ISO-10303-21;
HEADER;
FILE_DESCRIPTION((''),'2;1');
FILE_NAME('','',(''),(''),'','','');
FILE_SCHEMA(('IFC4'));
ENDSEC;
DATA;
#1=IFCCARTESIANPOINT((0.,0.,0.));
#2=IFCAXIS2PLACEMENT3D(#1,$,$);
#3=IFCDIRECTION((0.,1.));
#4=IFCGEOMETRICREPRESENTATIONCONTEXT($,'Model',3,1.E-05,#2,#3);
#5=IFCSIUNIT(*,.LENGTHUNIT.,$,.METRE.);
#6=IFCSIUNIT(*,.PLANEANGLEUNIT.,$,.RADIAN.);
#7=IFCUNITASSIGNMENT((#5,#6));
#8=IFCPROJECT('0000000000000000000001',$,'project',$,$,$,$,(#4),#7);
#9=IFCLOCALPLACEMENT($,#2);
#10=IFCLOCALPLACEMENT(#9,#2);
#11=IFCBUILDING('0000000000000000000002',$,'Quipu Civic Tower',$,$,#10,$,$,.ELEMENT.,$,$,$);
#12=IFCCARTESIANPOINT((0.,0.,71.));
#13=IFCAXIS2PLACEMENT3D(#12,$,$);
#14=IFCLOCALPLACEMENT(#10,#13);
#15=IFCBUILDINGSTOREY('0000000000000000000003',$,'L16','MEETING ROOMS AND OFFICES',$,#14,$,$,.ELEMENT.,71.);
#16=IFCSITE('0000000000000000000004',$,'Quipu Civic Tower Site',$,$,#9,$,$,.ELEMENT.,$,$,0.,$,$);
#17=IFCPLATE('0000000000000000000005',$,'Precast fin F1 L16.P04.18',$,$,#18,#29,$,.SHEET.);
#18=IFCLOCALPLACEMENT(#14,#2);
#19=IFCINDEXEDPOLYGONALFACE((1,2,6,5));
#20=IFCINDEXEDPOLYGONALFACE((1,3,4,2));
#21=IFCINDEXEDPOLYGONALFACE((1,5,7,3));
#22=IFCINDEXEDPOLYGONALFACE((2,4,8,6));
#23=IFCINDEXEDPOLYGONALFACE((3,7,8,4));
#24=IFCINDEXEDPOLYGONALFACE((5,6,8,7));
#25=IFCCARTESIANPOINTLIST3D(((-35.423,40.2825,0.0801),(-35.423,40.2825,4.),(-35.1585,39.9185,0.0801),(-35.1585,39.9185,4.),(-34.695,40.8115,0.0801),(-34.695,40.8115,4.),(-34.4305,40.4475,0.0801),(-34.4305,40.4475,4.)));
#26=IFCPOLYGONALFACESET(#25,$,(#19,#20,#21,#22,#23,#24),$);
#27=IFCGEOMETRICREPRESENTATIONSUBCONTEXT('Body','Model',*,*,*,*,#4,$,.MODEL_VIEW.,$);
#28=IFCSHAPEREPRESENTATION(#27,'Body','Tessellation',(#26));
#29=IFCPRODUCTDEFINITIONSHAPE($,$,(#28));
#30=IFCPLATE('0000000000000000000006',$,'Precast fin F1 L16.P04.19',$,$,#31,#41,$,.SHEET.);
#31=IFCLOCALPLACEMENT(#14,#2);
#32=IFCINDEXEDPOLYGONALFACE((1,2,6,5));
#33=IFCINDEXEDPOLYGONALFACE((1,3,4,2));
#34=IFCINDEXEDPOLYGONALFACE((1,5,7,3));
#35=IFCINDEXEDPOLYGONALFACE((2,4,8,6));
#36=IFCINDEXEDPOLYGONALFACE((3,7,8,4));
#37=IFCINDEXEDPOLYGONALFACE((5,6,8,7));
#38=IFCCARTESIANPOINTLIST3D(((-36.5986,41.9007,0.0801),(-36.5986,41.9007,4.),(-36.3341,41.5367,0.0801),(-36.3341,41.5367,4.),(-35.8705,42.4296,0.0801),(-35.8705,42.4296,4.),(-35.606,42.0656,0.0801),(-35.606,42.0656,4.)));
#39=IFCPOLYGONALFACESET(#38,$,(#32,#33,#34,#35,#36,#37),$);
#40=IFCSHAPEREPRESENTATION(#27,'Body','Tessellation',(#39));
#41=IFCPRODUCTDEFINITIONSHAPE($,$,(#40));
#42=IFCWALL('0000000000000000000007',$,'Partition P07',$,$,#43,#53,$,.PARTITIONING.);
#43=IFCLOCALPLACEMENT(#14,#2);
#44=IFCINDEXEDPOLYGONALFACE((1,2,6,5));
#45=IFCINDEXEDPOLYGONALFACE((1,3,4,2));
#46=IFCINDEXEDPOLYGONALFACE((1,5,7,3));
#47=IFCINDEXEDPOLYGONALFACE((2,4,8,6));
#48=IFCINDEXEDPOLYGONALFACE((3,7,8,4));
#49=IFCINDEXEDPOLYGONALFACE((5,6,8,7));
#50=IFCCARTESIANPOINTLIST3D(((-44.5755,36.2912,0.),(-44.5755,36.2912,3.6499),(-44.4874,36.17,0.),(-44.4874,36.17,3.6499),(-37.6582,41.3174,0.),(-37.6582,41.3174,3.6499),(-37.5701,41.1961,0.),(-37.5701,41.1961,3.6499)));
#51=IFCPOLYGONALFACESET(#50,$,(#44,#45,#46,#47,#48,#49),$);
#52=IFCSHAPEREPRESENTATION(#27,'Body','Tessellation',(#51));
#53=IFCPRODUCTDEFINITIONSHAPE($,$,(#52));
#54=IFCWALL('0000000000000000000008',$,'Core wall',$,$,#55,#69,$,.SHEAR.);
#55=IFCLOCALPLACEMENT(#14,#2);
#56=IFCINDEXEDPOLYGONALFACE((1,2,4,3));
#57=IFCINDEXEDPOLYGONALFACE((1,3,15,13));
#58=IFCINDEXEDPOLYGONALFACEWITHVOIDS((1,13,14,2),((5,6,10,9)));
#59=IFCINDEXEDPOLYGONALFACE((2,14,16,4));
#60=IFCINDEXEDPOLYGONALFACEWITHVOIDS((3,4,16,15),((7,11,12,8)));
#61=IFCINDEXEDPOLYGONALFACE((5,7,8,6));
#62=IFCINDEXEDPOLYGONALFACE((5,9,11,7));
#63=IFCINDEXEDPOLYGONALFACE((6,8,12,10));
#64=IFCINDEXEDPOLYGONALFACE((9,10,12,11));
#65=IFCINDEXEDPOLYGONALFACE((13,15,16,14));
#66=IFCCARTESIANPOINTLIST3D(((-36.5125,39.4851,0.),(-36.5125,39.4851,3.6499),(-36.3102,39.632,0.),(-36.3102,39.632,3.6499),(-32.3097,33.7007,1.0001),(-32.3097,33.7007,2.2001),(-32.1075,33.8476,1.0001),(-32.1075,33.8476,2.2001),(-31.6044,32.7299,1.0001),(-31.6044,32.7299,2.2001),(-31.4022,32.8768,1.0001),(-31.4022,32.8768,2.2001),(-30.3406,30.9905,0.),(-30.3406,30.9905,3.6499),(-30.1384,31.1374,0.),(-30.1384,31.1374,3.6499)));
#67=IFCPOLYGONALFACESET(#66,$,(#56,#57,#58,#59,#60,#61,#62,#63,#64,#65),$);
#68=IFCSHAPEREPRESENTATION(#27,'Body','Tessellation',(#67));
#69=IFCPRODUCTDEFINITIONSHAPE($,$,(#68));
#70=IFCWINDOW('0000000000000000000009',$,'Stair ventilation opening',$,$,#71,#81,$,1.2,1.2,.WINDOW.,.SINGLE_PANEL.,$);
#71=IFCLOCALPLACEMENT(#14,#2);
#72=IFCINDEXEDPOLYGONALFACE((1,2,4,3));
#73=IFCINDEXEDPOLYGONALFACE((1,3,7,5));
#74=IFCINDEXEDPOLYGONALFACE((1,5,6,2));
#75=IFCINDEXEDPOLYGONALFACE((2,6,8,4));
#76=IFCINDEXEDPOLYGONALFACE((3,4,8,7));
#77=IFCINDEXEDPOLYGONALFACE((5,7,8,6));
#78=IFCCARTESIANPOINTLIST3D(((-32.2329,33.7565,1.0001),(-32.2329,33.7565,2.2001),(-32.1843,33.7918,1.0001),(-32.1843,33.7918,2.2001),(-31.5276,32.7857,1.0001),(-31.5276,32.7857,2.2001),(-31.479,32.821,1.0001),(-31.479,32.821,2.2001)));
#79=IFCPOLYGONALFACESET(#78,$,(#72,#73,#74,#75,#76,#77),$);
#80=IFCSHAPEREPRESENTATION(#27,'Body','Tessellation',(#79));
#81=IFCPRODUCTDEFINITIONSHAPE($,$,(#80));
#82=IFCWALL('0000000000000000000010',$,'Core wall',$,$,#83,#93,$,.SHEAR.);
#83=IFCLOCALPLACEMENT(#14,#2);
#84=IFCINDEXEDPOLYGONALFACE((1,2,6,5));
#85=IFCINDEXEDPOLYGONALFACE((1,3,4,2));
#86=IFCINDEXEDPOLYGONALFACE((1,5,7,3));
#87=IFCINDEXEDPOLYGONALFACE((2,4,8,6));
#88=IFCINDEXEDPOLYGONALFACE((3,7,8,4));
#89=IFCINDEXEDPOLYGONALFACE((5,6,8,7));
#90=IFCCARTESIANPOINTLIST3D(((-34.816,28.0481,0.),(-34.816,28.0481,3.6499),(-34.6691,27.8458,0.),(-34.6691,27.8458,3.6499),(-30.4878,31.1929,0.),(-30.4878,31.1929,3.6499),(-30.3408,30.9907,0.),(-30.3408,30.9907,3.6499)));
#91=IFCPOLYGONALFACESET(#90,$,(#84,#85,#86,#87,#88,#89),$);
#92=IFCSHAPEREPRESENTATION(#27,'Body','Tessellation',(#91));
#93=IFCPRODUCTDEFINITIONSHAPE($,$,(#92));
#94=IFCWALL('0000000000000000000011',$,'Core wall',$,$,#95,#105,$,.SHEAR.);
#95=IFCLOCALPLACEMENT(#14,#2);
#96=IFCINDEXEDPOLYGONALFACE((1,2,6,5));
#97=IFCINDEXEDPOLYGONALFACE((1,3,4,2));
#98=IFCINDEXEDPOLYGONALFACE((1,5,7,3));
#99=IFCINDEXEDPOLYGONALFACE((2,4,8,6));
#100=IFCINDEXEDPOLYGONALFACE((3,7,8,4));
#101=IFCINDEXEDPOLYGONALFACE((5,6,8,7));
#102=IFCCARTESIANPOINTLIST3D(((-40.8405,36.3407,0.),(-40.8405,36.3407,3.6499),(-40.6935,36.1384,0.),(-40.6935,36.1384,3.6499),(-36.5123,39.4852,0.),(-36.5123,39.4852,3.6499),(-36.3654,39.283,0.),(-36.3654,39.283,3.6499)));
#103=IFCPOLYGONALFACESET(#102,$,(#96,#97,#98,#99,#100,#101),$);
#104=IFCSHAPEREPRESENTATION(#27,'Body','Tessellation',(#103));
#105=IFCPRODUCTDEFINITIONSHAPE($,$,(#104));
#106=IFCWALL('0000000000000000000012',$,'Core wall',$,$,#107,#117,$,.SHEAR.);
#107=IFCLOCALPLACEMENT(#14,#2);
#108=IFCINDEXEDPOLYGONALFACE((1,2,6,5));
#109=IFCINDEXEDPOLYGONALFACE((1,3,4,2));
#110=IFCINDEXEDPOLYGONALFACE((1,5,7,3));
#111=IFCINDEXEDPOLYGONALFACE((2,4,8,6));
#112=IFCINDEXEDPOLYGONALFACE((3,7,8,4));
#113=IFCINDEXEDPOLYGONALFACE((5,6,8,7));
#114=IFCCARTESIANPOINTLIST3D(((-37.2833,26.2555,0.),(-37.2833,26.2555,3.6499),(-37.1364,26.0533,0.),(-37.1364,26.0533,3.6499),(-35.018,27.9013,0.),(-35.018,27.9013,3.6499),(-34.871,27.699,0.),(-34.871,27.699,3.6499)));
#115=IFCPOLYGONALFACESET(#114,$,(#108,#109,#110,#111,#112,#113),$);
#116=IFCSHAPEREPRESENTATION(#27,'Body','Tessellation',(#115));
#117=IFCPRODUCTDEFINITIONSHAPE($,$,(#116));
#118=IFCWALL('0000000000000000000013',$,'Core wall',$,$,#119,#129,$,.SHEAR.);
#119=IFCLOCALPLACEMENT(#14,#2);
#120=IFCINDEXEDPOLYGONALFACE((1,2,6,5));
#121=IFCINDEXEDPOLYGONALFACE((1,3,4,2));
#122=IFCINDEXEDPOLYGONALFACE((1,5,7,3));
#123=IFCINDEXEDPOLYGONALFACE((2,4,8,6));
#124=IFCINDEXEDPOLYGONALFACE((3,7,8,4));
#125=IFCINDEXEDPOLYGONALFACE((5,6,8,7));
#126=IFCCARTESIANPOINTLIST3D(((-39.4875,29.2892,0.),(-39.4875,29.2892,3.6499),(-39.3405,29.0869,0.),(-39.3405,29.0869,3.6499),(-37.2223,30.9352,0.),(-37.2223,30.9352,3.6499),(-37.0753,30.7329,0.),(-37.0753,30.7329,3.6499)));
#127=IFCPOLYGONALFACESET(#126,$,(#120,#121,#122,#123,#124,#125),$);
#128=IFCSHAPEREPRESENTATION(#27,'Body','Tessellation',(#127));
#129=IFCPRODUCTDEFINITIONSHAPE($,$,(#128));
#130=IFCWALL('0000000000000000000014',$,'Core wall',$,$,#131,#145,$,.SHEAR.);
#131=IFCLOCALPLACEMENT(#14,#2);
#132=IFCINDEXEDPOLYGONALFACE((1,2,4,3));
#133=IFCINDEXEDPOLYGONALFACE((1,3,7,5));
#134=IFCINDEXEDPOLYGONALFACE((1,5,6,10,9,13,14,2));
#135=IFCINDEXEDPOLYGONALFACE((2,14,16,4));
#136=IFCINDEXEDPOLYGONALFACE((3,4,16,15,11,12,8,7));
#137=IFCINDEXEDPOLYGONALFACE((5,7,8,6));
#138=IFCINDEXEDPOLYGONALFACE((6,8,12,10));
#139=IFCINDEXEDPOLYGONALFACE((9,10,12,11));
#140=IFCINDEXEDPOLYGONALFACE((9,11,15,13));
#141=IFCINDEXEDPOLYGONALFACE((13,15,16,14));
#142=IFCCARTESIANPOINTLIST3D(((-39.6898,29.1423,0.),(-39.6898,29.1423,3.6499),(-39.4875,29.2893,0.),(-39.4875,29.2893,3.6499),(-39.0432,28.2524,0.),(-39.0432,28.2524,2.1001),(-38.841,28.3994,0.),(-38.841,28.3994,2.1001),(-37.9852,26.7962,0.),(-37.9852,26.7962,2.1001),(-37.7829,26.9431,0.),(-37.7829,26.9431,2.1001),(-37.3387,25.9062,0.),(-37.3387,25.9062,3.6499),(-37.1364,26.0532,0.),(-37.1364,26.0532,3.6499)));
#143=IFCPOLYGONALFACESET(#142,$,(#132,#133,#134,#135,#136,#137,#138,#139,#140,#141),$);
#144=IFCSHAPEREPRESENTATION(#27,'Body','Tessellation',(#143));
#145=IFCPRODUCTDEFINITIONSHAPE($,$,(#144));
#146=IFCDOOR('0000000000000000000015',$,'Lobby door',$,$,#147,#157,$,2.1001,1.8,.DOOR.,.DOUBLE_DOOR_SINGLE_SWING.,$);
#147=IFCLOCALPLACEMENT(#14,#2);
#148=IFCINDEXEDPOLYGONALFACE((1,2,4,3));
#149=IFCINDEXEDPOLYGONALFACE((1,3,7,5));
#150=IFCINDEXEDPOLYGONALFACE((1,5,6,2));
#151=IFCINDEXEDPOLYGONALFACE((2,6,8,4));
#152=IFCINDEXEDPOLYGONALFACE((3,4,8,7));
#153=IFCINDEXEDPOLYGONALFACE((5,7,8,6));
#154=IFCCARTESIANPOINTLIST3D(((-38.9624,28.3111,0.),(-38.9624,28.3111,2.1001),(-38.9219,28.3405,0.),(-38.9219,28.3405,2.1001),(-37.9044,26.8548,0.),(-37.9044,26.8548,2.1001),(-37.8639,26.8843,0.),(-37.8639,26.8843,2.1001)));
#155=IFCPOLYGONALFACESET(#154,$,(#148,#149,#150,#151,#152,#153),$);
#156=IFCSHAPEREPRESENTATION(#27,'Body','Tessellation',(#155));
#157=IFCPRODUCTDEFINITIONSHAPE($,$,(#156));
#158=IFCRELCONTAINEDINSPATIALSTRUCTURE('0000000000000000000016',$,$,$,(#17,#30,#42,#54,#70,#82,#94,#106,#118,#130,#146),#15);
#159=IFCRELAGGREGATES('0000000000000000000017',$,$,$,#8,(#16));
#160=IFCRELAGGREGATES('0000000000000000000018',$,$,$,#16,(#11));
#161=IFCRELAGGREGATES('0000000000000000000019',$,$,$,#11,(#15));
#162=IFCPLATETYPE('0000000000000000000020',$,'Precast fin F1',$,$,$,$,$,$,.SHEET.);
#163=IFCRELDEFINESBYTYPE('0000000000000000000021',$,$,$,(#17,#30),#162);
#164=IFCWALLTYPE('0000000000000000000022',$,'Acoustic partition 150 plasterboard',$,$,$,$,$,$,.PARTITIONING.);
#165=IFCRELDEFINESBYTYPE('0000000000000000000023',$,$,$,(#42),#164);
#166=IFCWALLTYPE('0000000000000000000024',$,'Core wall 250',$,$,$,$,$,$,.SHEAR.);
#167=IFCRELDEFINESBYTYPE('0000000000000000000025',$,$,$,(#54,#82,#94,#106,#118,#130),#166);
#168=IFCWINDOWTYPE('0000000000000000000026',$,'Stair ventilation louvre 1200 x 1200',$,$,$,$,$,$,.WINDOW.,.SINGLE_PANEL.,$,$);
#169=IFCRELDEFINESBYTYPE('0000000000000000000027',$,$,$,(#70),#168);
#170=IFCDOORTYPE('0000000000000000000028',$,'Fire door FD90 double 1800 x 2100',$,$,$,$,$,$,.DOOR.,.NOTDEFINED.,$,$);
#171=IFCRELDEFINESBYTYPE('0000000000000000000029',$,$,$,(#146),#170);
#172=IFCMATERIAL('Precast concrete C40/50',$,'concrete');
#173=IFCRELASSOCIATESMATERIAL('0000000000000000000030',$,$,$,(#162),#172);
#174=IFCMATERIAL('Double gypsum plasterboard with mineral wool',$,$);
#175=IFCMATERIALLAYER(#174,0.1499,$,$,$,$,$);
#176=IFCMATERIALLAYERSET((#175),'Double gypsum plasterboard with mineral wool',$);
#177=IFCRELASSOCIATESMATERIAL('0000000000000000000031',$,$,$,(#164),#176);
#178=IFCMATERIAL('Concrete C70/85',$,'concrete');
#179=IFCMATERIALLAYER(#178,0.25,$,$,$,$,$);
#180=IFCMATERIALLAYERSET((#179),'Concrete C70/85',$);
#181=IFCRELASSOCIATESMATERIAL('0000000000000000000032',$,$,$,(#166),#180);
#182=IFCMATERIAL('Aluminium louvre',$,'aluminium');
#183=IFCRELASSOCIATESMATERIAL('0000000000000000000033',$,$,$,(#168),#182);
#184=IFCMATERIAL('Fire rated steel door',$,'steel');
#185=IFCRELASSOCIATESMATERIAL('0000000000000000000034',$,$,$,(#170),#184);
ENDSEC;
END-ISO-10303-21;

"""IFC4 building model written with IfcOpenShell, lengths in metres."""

from ifc_helpers import new_model, si_unit, direction, frame, frame_2d, origin, origin_2d, place, context, subcontext, project, spatial, rectangle, extrude, material, layer, layer_set, type_object, element, fill, save


model = new_model("IFC4")

# Units and contexts
model_context = context("Model", 3, precision=1e-05, world=origin(), true_north=direction((0.0, 1.0)))
body_context = subcontext(model_context, "Body", "Model", "MODEL_VIEW")
ifc_project = project(units=[si_unit("LENGTHUNIT", "METRE"), si_unit("PLANEANGLEUNIT", "RADIAN")], contexts=[model_context])

# Site, building, storey
site_placement = place(None, origin())
site = spatial("IfcSite", under=ifc_project, at=site_placement, Name="Quipu Civic Tower Site", CompositionType="ELEMENT", RefElevation=0.0)
building_placement = place(site_placement, origin())
building = spatial("IfcBuilding", under=site, at=building_placement, Name="Quipu Civic Tower", CompositionType="ELEMENT")
storey_placement = place(building_placement, frame((0.0, 0.0, 71.0)))
storey = spatial("IfcBuildingStorey", under=building, at=storey_placement, Name="L16", Description="MEETING ROOMS AND OFFICES", CompositionType="ELEMENT", Elevation=71.0)

# Plates
ifc_material_1 = material(Name="Precast concrete C40/50", Category="concrete")
plate_type_1 = type_object("IfcPlateType", Name="Precast fin F1", PredefinedType="SHEET", material=ifc_material_1)
for number, where, z_axis, x_axis, name in (
    (1, (-34.9268, 40.365, 0.0801), (0.0, 0.0, 1.0), (-0.587785, 0.809017, 0.0), "Precast fin F1 L16.P04.18"),
    (2, (-36.1023, 41.9832, 0.0801), (0.0, 0.0, 1.0), (-0.587785, 0.809017, 0.0), "Precast fin F1 L16.P04.19"),
):
    element("IfcPlate", number, at=place(storey_placement, frame(where, z_axis=z_axis, x_axis=x_axis)), inside=storey, type_object=plate_type_1, Name=name, PredefinedType="SHEET", context=body_context, shape_type="SweptSolid", body=[
        extrude(rectangle(XDim=0.45, YDim=0.8999, at=origin_2d()), origin(), (0.0, 0.0, 1.0), 3.9199),
    ])

# Wall
ifc_material_2 = material(Name="Double gypsum plasterboard with mineral wool")
ifc_layer_1 = layer(ifc_material_2, 0.1499)
ifc_layer_set_1 = layer_set([ifc_layer_1], Name="Double gypsum plasterboard with mineral wool")
wall_type_1 = type_object("IfcWallType", Name="Acoustic partition 150 plasterboard", PredefinedType="PARTITIONING", material=ifc_layer_set_1)
wall_1_placement = place(storey_placement, frame((-37.614, 41.2568, 0.0), z_axis=(0.0, 0.0, 1.0), x_axis=(-0.808992, -0.58782, 0.0)))
element("IfcWall", 3, at=wall_1_placement, inside=storey, type_object=wall_type_1, Name="Partition P07", PredefinedType="PARTITIONING", context=body_context, shape_type="SweptSolid", body=[
    extrude(rectangle(XDim=8.5505, YDim=0.1499, at=frame_2d((4.2754, 0.0))), origin(), (0.0, 0.0, 1.0), 3.6499),
])

# Wall, opening, window
ifc_material_3 = material(Name="Concrete C70/85", Category="concrete")
ifc_layer_2 = layer(ifc_material_3, 0.25)
ifc_layer_set_2 = layer_set([ifc_layer_2], Name="Concrete C70/85")
wall_type_2 = type_object("IfcWallType", Name="Core wall 250", PredefinedType="SHEAR", material=ifc_layer_set_2)
wall_2_placement = place(storey_placement, frame((-30.2395, 31.064, 0.0), z_axis=(0.0, 0.0, 1.0), x_axis=(-0.587796, 0.809009, 0.0)))
wall_2 = element("IfcWall", 4, at=wall_2_placement, inside=storey, type_object=wall_type_2, Name="Core wall", PredefinedType="SHEAR", context=body_context, shape_type="SweptSolid", body=[
    extrude(rectangle(XDim=10.5, YDim=0.25, at=frame_2d((5.25, 0.0))), origin(), (0.0, 0.0, 1.0), 3.6499),
])
opening_1_placement = place(wall_2_placement, frame((2.1499, 0.0, 1.0)))
opening_1 = element("IfcOpeningElement", 5, at=opening_1_placement, cuts=wall_2, PredefinedType="OPENING", context=body_context, shape_type="SweptSolid", body=[
    extrude(rectangle(XDim=1.2, YDim=1.2, at=frame_2d((0.6001, 0.6001))), frame((0.0, 0.135, 0.0), z_axis=(0.0, -1.0, 0.0), x_axis=(1.0, 0.0, 0.0)), (0.0, 0.0, 1.0), 0.27),
])
ifc_material_4 = material(Name="Aluminium louvre", Category="aluminium")
window_type = type_object("IfcWindowType", Name="Stair ventilation louvre 1200 x 1200", PartitioningType="SINGLE_PANEL", PredefinedType="WINDOW", material=ifc_material_4)
window_placement = place(opening_1_placement, origin())
window = element("IfcWindow", 6, at=window_placement, inside=storey, type_object=window_type, Name="Stair ventilation opening", OverallHeight=1.2, OverallWidth=1.2, PartitioningType="SINGLE_PANEL", PredefinedType="WINDOW", context=body_context, shape_type="SweptSolid", body=[
    extrude(rectangle(XDim=1.2, YDim=1.2, at=frame_2d((0.6001, 0.6001))), frame((0.0, 0.03, 0.0), z_axis=(0.0, -1.0, 0.0), x_axis=(1.0, 0.0, 0.0)), (0.0, 0.0, 1.0), 0.0601),
])
fill(opening_1, window)

# Walls
wall_3_placement = place(storey_placement, frame((-30.4143, 31.0918, 0.0), z_axis=(0.0, 0.0, 1.0), x_axis=(-0.808998, -0.587811, 0.0)))
element("IfcWall", 7, at=wall_3_placement, inside=storey, type_object=wall_type_2, Name="Core wall", PredefinedType="SHEAR", context=body_context, shape_type="SweptSolid", body=[
    extrude(rectangle(XDim=5.3501, YDim=0.25, at=frame_2d((2.675, 0.0))), origin(), (0.0, 0.0, 1.0), 3.6499),
])
wall_4_placement = place(storey_placement, frame((-36.439, 39.384, 0.0), z_axis=(0.0, 0.0, 1.0), x_axis=(-0.80902, -0.587781, 0.0)))
element("IfcWall", 8, at=wall_4_placement, inside=storey, type_object=wall_type_2, Name="Core wall", PredefinedType="SHEAR", context=body_context, shape_type="SweptSolid", body=[
    extrude(rectangle(XDim=5.3499, YDim=0.25, at=frame_2d((2.6748, 0.0))), origin(), (0.0, 0.0, 1.0), 3.6499),
])
for number, where, z_axis, x_axis, name in (
    (9, (-34.9446, 27.8, 0.0), (0.0, 0.0, 1.0), (-0.809041, -0.587752, 0.0), "Core wall"),
    (10, (-37.1489, 30.834, 0.0), (0.0, 0.0, 1.0), (-0.80897, -0.58785, 0.0), "Core wall"),
):
    element("IfcWall", number, at=place(storey_placement, frame(where, z_axis=z_axis, x_axis=x_axis)), inside=storey, type_object=wall_type_2, Name=name, PredefinedType="SHEAR", context=body_context, shape_type="SweptSolid", body=[
        extrude(rectangle(XDim=2.8, YDim=0.25, at=frame_2d((1.3999, 0.0))), origin(), (0.0, 0.0, 1.0), 3.6499),
    ])

# Wall, opening, door
wall_5_placement = place(storey_placement, frame((-39.5886, 29.2158, 0.0), z_axis=(0.0, 0.0, 1.0), x_axis=(0.587772, -0.809026, 0.0)))
wall_5 = element("IfcWall", 11, at=wall_5_placement, inside=storey, type_object=wall_type_2, Name="Core wall", PredefinedType="SHEAR", context=body_context, shape_type="SweptSolid", body=[
    extrude(rectangle(XDim=4.0, YDim=0.25, at=frame_2d((2.0, 0.0))), origin(), (0.0, 0.0, 1.0), 3.6499),
])
opening_2_placement = place(wall_5_placement, frame((1.1001, 0.0, 0.0)))
opening_2 = element("IfcOpeningElement", 12, at=opening_2_placement, cuts=wall_5, PredefinedType="OPENING", context=body_context, shape_type="SweptSolid", body=[
    extrude(rectangle(XDim=1.8, YDim=2.1001, at=frame_2d((0.8999, 1.05))), frame((0.0, 0.135, 0.0), z_axis=(0.0, -1.0, 0.0), x_axis=(1.0, 0.0, 0.0)), (0.0, 0.0, 1.0), 0.27),
])
ifc_material_5 = material(Name="Fire rated steel door", Category="steel")
door_type_1 = type_object("IfcDoorType", Name="Fire door FD90 double 1800 x 2100", OperationType="NOTDEFINED", PredefinedType="DOOR", material=ifc_material_5)
door_1_placement = place(opening_2_placement, origin())
door_1 = element("IfcDoor", 13, at=door_1_placement, inside=storey, type_object=door_type_1, Name="Lobby door", OperationType="DOUBLE_DOOR_SINGLE_SWING", OverallHeight=2.1001, OverallWidth=1.8, PredefinedType="DOOR", context=body_context, shape_type="SweptSolid", body=[
    extrude(rectangle(XDim=1.8, YDim=2.1001, at=frame_2d((0.8999, 1.05))), frame((0.0, 0.0249, 0.0), z_axis=(0.0, -1.0, 0.0), x_axis=(1.0, 0.0, 0.0)), (0.0, 0.0, 1.0), 0.05),
])
fill(opening_2, door_1)

save(model, "model.ifc")
